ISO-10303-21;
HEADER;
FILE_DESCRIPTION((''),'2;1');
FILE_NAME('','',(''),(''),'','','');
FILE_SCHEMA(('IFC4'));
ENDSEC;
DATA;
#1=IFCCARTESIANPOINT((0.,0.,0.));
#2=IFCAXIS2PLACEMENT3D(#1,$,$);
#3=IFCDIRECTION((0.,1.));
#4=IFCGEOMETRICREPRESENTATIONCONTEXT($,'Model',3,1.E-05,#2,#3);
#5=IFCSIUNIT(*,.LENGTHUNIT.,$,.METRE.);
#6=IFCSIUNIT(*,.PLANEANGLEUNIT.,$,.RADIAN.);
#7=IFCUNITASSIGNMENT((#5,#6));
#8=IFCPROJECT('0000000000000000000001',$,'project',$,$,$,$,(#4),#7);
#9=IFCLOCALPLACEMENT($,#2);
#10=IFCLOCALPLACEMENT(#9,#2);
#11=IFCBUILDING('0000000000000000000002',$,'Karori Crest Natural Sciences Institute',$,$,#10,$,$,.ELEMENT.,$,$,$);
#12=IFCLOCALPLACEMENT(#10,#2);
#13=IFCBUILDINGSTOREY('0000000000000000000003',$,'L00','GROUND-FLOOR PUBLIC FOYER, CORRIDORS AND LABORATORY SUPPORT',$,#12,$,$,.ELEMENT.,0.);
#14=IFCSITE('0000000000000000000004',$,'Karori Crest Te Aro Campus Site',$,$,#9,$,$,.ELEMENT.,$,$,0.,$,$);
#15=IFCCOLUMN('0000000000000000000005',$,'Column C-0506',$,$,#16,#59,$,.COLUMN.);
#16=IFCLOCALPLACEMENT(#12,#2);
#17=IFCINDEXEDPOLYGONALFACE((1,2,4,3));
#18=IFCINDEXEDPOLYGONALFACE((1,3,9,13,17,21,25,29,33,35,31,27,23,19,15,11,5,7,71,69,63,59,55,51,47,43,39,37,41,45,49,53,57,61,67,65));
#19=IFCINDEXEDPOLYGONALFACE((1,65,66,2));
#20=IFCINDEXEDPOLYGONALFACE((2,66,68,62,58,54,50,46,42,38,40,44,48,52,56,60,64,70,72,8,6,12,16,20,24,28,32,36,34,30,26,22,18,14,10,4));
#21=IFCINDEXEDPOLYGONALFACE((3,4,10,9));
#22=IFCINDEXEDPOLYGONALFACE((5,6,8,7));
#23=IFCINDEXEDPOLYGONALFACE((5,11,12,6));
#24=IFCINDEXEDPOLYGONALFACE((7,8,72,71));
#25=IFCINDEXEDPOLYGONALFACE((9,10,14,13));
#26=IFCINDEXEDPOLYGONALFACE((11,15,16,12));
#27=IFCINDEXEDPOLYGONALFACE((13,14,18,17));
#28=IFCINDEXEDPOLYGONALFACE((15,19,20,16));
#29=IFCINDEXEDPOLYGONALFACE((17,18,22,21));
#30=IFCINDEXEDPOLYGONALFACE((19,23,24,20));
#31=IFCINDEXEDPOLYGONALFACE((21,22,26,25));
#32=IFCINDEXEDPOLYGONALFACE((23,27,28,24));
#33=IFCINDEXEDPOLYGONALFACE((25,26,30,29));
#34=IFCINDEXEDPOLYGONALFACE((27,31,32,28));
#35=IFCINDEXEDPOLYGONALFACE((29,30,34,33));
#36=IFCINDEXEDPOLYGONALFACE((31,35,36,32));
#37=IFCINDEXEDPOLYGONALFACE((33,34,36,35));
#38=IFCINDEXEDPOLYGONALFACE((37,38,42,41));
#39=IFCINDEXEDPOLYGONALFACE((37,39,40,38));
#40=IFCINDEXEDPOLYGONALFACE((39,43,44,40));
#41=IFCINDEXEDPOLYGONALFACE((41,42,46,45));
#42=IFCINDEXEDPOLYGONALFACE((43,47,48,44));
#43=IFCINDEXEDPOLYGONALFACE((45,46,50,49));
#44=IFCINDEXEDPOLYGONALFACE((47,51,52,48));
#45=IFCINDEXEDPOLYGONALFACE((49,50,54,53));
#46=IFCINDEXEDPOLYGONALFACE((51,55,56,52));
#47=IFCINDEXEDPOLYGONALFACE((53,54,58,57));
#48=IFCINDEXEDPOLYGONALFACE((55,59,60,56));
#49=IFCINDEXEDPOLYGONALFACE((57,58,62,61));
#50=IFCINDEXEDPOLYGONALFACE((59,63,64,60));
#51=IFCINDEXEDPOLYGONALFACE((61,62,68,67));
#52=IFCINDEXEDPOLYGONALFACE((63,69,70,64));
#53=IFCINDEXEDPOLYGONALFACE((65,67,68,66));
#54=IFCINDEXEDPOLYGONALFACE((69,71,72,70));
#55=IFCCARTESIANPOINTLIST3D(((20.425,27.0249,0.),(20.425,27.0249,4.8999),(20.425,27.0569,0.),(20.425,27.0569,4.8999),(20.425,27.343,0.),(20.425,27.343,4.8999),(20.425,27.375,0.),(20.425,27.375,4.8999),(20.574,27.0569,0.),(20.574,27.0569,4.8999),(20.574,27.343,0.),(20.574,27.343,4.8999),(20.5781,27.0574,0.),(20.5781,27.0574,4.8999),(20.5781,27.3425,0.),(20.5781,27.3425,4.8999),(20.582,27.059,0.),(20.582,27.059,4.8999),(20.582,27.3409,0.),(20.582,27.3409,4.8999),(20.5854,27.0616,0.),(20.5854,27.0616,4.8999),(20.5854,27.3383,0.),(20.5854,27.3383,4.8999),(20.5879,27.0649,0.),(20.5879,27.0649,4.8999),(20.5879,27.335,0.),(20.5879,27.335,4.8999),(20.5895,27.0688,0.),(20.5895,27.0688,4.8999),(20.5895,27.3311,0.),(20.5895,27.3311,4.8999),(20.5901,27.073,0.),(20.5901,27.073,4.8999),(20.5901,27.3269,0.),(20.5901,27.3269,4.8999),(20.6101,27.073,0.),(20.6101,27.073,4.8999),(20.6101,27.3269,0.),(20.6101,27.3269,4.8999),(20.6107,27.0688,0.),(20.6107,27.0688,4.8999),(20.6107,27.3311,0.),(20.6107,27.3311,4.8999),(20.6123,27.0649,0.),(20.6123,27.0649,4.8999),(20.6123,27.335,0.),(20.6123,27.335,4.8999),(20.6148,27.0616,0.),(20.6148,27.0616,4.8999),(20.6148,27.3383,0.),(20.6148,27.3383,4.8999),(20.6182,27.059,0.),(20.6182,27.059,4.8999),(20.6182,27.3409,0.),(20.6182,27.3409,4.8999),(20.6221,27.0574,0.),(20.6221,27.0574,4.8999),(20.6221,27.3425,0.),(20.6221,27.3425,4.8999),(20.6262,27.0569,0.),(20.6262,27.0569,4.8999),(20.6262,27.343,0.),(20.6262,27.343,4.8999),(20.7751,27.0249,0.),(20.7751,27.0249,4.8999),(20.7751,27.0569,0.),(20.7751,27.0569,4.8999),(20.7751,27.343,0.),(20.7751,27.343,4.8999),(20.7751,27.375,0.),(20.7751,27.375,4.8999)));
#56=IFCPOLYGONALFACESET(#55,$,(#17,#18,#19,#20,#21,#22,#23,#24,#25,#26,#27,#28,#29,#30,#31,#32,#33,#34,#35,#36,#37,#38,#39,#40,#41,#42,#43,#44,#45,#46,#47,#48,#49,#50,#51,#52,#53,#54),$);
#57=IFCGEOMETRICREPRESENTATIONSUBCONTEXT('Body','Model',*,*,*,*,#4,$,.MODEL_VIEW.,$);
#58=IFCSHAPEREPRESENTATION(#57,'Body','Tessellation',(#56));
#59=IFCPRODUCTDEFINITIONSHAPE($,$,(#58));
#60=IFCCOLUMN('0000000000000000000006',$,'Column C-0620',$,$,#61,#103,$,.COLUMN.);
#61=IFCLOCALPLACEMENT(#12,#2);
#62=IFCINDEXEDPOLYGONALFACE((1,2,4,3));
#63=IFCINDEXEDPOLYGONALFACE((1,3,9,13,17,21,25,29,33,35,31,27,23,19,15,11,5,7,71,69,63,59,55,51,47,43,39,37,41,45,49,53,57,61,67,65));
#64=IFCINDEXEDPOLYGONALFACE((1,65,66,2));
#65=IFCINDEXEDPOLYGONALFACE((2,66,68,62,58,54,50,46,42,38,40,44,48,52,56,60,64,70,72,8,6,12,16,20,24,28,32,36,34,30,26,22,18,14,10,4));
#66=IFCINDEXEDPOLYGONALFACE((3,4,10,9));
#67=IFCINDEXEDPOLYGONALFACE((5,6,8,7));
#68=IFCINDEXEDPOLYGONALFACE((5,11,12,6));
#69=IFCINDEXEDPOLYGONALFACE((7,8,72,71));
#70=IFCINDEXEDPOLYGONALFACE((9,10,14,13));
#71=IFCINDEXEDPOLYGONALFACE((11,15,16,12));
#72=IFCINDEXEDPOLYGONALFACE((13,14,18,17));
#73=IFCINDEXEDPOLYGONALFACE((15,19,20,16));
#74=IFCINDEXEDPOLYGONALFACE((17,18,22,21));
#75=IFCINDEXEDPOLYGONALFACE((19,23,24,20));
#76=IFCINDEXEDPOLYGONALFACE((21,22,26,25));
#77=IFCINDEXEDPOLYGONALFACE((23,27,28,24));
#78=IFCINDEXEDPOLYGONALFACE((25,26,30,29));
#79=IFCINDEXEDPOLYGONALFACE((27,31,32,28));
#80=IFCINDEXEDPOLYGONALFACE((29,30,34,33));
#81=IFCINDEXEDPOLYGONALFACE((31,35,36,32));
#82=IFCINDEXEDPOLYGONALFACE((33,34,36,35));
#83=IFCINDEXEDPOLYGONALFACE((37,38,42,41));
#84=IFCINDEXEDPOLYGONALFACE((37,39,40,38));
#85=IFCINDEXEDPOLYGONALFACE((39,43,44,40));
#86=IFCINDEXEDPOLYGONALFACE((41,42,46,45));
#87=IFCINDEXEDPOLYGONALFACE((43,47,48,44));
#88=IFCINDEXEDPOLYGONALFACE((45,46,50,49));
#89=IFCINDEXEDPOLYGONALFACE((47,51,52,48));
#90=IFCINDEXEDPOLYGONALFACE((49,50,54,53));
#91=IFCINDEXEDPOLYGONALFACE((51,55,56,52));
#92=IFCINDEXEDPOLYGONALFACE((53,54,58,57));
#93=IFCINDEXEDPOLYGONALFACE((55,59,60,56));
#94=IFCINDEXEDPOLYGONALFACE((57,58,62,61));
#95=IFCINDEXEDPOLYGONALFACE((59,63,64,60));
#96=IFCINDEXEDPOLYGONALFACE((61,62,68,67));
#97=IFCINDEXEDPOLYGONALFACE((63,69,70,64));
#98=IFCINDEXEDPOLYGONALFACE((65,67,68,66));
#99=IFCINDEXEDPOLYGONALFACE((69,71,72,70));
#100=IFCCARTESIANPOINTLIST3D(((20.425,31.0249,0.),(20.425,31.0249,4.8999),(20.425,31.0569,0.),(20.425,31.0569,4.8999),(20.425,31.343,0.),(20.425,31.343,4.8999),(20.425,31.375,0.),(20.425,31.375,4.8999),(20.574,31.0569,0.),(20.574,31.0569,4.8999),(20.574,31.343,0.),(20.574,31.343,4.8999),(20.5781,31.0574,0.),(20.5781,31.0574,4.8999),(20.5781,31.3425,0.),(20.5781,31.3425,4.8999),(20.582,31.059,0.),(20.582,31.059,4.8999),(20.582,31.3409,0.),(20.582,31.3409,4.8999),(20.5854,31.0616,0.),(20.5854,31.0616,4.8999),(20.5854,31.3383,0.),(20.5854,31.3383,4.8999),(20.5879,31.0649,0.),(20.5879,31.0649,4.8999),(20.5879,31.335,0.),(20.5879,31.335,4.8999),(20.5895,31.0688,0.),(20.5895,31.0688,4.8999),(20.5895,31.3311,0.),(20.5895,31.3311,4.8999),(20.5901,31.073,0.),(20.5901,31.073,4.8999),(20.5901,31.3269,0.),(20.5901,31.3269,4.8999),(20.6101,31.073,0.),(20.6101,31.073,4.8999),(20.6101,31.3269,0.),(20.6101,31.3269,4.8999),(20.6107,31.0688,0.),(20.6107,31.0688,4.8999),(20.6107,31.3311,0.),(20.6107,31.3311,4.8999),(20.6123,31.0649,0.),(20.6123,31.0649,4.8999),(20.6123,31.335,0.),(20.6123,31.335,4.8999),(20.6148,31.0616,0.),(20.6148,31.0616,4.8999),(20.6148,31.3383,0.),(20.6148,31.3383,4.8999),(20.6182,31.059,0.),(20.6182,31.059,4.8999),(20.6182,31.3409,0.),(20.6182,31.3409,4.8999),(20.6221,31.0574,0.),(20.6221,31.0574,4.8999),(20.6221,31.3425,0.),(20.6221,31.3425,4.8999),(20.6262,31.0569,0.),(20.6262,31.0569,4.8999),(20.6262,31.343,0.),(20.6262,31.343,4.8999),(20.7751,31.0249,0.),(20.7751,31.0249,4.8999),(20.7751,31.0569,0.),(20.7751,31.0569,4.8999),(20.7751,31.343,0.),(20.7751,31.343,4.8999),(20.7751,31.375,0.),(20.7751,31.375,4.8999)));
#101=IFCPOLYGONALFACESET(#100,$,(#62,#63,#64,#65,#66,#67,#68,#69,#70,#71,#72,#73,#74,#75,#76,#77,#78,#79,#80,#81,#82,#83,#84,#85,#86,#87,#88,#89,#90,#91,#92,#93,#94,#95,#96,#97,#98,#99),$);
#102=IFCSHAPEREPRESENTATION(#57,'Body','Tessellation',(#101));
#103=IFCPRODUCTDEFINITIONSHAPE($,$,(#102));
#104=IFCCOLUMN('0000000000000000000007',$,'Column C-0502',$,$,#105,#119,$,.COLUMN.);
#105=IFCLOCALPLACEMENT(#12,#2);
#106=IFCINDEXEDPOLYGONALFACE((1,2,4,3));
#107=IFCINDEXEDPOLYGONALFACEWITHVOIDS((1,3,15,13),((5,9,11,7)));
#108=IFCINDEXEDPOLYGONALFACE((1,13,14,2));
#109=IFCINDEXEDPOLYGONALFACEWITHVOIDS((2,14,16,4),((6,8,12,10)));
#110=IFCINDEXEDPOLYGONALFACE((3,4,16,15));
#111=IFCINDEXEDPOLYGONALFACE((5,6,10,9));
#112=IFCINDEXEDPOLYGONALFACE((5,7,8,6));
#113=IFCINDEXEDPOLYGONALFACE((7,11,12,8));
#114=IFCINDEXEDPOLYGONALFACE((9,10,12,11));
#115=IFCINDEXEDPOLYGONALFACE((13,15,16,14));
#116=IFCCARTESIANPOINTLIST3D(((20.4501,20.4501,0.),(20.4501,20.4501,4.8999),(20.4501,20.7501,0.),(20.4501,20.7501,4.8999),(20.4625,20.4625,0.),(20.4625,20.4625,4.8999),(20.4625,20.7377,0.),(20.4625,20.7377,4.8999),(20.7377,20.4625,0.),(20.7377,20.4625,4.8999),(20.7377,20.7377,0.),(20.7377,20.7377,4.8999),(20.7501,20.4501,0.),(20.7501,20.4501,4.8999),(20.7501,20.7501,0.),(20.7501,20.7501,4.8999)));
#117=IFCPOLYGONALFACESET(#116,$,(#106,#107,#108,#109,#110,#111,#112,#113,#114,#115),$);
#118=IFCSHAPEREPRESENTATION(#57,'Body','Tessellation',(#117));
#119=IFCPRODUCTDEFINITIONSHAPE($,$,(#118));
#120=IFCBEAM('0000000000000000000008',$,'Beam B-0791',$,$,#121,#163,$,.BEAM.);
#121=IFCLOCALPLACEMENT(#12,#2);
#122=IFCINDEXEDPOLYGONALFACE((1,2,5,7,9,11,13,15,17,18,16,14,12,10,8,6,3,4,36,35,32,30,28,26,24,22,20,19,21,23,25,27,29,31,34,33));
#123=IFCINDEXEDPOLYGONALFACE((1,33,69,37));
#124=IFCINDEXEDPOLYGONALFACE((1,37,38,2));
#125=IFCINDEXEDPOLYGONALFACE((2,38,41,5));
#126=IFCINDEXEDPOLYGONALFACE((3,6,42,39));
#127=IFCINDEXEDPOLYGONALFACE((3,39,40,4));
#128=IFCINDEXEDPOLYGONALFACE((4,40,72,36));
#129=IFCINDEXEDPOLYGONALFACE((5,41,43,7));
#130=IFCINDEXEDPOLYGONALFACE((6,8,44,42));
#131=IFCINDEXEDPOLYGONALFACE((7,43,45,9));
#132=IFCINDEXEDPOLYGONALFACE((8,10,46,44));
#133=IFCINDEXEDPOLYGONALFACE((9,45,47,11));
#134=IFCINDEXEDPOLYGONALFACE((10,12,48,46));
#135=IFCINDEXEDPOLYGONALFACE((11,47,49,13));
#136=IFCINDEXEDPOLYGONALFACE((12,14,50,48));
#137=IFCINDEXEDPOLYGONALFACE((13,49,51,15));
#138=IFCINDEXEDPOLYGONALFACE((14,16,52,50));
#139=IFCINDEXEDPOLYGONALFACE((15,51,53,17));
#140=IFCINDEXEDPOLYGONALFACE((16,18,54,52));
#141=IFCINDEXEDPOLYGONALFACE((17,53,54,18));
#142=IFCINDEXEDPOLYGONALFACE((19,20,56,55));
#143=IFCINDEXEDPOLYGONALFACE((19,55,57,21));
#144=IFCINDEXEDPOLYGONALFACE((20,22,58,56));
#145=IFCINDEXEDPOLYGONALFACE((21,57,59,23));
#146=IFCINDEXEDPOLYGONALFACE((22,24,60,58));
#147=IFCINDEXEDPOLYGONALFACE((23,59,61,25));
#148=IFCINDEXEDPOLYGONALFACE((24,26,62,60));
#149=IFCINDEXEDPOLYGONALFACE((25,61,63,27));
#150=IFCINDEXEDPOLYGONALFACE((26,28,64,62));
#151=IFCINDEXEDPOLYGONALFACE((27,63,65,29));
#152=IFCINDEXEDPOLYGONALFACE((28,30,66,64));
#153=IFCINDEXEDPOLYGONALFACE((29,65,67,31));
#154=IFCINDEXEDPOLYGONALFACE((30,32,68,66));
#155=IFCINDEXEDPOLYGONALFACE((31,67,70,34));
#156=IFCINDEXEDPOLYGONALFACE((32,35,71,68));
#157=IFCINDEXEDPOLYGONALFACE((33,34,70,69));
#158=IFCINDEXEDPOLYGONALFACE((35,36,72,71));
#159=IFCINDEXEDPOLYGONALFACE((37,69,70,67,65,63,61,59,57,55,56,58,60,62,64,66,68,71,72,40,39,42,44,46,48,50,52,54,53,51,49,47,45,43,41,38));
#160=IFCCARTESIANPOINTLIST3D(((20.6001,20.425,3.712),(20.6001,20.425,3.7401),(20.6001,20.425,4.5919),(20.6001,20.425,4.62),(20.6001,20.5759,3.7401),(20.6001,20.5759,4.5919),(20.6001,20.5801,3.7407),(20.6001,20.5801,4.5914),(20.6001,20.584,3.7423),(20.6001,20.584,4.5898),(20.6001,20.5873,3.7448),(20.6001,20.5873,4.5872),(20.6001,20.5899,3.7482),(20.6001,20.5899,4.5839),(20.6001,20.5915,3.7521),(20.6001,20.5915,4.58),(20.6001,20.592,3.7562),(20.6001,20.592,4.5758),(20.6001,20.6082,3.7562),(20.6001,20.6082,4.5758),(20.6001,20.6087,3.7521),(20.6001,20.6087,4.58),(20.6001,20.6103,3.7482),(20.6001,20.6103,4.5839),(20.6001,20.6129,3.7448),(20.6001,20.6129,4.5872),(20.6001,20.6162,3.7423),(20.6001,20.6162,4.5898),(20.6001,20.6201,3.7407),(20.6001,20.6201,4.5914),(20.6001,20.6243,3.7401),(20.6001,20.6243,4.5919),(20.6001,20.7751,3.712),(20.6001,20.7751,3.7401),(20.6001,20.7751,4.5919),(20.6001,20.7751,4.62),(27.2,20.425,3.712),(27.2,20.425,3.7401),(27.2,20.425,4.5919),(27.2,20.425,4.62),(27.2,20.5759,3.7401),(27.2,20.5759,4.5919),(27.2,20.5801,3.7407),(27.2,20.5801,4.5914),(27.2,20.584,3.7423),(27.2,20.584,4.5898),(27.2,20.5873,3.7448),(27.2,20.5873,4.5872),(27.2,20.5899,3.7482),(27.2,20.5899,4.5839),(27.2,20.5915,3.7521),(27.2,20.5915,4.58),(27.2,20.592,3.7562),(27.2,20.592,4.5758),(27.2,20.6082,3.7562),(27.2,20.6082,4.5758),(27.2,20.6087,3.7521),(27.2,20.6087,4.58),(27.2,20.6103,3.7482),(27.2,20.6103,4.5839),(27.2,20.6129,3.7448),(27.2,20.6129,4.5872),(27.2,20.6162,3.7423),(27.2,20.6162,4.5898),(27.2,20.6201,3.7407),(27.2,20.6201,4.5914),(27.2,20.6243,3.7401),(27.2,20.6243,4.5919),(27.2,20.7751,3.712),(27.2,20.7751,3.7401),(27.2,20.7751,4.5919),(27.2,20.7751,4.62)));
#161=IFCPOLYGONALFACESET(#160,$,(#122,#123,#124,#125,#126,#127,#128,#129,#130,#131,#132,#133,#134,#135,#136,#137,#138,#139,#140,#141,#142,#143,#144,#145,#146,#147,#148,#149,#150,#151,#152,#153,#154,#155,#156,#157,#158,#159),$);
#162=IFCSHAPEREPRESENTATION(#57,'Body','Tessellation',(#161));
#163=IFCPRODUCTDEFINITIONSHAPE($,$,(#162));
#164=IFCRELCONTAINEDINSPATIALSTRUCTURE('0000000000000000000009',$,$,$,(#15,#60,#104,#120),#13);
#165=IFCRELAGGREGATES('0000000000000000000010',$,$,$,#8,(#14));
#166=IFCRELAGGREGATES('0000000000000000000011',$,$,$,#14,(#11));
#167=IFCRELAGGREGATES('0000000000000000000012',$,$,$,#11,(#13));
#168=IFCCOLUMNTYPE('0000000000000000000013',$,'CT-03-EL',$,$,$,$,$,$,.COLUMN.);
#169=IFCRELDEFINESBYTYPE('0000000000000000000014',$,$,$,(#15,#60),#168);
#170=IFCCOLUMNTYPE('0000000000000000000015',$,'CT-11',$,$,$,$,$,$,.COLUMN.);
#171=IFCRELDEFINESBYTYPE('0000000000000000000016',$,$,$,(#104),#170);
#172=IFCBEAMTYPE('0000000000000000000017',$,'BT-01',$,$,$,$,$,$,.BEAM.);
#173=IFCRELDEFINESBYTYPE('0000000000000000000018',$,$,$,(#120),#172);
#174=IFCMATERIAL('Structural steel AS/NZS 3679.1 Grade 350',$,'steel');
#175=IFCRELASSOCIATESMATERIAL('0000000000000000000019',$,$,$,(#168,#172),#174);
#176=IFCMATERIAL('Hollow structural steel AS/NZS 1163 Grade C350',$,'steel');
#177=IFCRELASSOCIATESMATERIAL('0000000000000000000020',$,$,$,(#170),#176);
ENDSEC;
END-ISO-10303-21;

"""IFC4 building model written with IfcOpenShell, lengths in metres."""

from ifc_helpers import new_model, si_unit, direction, frame, origin, origin_2d, place, context, subcontext, project, spatial, hollow_rectangle, i_section, extrude, material, material_profile, profile_set, type_object, element, save


model = new_model("IFC4")

# Units and contexts
model_context = context("Model", 3, precision=1e-05, world=origin(), true_north=direction((0.0, 1.0)))
body_context = subcontext(model_context, "Body", "Model", "MODEL_VIEW")
ifc_project = project(units=[si_unit("LENGTHUNIT", "METRE"), si_unit("PLANEANGLEUNIT", "RADIAN")], contexts=[model_context])

# Site, building, storey
site_placement = place(None, origin())
site = spatial("IfcSite", under=ifc_project, at=site_placement, Name="Karori Crest Te Aro Campus Site", CompositionType="ELEMENT", RefElevation=0.0)
building_placement = place(site_placement, origin())
building = spatial("IfcBuilding", under=site, at=building_placement, Name="Karori Crest Natural Sciences Institute", CompositionType="ELEMENT")
storey_placement = place(building_placement, origin())
storey = spatial("IfcBuildingStorey", under=building, at=storey_placement, Name="L00", Description="GROUND-FLOOR PUBLIC FOYER, CORRIDORS AND LABORATORY SUPPORT", CompositionType="ELEMENT", Elevation=0.0)

# Columns
ifc_material_1 = material(Name="Structural steel AS/NZS 3679.1 Grade 350", Category="steel")
ifc_material_profile_1 = material_profile(ifc_material_1, i_section(OverallWidth=0.3501, OverallDepth=0.3501, WebThickness=0.02, FlangeThickness=0.032, FilletRadius=0.0161, at=origin_2d()), Name="350WC280")
ifc_profile_set_1 = profile_set([ifc_material_profile_1], Name="Structural steel AS/NZS 3679.1 Grade 350")
column_type_1 = type_object("IfcColumnType", Name="CT-03-EL", PredefinedType="COLUMN", material=ifc_profile_set_1)
for number, where, z_axis, x_axis, name in (
    (1, (20.6001, 27.2, 0.0), (0.0, 0.0, 1.0), (1.0, 0.0, 0.0), "Column C-0506"),
    (2, (20.6001, 31.2, 0.0), (0.0, 0.0, 1.0), (1.0, 0.0, 0.0), "Column C-0620"),
):
    element("IfcColumn", number, at=place(storey_placement, frame(where, z_axis=z_axis, x_axis=x_axis)), inside=storey, type_object=column_type_1, Name=name, PredefinedType="COLUMN", context=body_context, shape_type="SweptSolid", body=[
        extrude(i_section(OverallWidth=0.3501, OverallDepth=0.3501, WebThickness=0.02, FlangeThickness=0.032, FilletRadius=0.0161, at=origin_2d()), origin(), (0.0, 0.0, 1.0), 4.8999),
    ])
ifc_material_2 = material(Name="Hollow structural steel AS/NZS 1163 Grade C350", Category="steel")
ifc_material_profile_2 = material_profile(ifc_material_2, hollow_rectangle(XDim=0.3, YDim=0.3, WallThickness=0.0125, at=origin_2d()), Name="SHS300x300x12.5")
ifc_profile_set_2 = profile_set([ifc_material_profile_2], Name="Hollow structural steel AS/NZS 1163 Grade C350")
column_type_2 = type_object("IfcColumnType", Name="CT-11", PredefinedType="COLUMN", material=ifc_profile_set_2)
column_placement = place(storey_placement, frame((20.6001, 20.6001, 0.0), z_axis=(0.0, 0.0, 1.0), x_axis=(1.0, 0.0, 0.0)))
element("IfcColumn", 3, at=column_placement, inside=storey, type_object=column_type_2, Name="Column C-0502", PredefinedType="COLUMN", context=body_context, shape_type="SweptSolid", body=[
    extrude(hollow_rectangle(XDim=0.3, YDim=0.3, WallThickness=0.0125, at=origin_2d()), origin(), (0.0, 0.0, 1.0), 4.8999),
])

# Beam
ifc_material_profile_3 = material_profile(ifc_material_1, i_section(OverallWidth=0.3501, OverallDepth=0.908, WebThickness=0.0161, FlangeThickness=0.0281, FilletRadius=0.0161, at=origin_2d()), Name="900WB257")
ifc_profile_set_3 = profile_set([ifc_material_profile_3], Name="Structural steel AS/NZS 3679.1 Grade 350")
beam_type_1 = type_object("IfcBeamType", Name="BT-01", PredefinedType="BEAM", material=ifc_profile_set_3)
beam_1_placement = place(storey_placement, frame((20.6001, 20.6001, 4.166), z_axis=(1.0, 0.0, 0.0), x_axis=(0.0, 1.0, 0.0)))
element("IfcBeam", 4, at=beam_1_placement, inside=storey, type_object=beam_type_1, Name="Beam B-0791", PredefinedType="BEAM", context=body_context, shape_type="SweptSolid", body=[
    extrude(i_section(OverallWidth=0.3501, OverallDepth=0.908, WebThickness=0.0161, FlangeThickness=0.0281, FilletRadius=0.0161, at=origin_2d()), origin(), (0.0, 0.0, 1.0), 6.5999),
])

save(model, "model.ifc")
